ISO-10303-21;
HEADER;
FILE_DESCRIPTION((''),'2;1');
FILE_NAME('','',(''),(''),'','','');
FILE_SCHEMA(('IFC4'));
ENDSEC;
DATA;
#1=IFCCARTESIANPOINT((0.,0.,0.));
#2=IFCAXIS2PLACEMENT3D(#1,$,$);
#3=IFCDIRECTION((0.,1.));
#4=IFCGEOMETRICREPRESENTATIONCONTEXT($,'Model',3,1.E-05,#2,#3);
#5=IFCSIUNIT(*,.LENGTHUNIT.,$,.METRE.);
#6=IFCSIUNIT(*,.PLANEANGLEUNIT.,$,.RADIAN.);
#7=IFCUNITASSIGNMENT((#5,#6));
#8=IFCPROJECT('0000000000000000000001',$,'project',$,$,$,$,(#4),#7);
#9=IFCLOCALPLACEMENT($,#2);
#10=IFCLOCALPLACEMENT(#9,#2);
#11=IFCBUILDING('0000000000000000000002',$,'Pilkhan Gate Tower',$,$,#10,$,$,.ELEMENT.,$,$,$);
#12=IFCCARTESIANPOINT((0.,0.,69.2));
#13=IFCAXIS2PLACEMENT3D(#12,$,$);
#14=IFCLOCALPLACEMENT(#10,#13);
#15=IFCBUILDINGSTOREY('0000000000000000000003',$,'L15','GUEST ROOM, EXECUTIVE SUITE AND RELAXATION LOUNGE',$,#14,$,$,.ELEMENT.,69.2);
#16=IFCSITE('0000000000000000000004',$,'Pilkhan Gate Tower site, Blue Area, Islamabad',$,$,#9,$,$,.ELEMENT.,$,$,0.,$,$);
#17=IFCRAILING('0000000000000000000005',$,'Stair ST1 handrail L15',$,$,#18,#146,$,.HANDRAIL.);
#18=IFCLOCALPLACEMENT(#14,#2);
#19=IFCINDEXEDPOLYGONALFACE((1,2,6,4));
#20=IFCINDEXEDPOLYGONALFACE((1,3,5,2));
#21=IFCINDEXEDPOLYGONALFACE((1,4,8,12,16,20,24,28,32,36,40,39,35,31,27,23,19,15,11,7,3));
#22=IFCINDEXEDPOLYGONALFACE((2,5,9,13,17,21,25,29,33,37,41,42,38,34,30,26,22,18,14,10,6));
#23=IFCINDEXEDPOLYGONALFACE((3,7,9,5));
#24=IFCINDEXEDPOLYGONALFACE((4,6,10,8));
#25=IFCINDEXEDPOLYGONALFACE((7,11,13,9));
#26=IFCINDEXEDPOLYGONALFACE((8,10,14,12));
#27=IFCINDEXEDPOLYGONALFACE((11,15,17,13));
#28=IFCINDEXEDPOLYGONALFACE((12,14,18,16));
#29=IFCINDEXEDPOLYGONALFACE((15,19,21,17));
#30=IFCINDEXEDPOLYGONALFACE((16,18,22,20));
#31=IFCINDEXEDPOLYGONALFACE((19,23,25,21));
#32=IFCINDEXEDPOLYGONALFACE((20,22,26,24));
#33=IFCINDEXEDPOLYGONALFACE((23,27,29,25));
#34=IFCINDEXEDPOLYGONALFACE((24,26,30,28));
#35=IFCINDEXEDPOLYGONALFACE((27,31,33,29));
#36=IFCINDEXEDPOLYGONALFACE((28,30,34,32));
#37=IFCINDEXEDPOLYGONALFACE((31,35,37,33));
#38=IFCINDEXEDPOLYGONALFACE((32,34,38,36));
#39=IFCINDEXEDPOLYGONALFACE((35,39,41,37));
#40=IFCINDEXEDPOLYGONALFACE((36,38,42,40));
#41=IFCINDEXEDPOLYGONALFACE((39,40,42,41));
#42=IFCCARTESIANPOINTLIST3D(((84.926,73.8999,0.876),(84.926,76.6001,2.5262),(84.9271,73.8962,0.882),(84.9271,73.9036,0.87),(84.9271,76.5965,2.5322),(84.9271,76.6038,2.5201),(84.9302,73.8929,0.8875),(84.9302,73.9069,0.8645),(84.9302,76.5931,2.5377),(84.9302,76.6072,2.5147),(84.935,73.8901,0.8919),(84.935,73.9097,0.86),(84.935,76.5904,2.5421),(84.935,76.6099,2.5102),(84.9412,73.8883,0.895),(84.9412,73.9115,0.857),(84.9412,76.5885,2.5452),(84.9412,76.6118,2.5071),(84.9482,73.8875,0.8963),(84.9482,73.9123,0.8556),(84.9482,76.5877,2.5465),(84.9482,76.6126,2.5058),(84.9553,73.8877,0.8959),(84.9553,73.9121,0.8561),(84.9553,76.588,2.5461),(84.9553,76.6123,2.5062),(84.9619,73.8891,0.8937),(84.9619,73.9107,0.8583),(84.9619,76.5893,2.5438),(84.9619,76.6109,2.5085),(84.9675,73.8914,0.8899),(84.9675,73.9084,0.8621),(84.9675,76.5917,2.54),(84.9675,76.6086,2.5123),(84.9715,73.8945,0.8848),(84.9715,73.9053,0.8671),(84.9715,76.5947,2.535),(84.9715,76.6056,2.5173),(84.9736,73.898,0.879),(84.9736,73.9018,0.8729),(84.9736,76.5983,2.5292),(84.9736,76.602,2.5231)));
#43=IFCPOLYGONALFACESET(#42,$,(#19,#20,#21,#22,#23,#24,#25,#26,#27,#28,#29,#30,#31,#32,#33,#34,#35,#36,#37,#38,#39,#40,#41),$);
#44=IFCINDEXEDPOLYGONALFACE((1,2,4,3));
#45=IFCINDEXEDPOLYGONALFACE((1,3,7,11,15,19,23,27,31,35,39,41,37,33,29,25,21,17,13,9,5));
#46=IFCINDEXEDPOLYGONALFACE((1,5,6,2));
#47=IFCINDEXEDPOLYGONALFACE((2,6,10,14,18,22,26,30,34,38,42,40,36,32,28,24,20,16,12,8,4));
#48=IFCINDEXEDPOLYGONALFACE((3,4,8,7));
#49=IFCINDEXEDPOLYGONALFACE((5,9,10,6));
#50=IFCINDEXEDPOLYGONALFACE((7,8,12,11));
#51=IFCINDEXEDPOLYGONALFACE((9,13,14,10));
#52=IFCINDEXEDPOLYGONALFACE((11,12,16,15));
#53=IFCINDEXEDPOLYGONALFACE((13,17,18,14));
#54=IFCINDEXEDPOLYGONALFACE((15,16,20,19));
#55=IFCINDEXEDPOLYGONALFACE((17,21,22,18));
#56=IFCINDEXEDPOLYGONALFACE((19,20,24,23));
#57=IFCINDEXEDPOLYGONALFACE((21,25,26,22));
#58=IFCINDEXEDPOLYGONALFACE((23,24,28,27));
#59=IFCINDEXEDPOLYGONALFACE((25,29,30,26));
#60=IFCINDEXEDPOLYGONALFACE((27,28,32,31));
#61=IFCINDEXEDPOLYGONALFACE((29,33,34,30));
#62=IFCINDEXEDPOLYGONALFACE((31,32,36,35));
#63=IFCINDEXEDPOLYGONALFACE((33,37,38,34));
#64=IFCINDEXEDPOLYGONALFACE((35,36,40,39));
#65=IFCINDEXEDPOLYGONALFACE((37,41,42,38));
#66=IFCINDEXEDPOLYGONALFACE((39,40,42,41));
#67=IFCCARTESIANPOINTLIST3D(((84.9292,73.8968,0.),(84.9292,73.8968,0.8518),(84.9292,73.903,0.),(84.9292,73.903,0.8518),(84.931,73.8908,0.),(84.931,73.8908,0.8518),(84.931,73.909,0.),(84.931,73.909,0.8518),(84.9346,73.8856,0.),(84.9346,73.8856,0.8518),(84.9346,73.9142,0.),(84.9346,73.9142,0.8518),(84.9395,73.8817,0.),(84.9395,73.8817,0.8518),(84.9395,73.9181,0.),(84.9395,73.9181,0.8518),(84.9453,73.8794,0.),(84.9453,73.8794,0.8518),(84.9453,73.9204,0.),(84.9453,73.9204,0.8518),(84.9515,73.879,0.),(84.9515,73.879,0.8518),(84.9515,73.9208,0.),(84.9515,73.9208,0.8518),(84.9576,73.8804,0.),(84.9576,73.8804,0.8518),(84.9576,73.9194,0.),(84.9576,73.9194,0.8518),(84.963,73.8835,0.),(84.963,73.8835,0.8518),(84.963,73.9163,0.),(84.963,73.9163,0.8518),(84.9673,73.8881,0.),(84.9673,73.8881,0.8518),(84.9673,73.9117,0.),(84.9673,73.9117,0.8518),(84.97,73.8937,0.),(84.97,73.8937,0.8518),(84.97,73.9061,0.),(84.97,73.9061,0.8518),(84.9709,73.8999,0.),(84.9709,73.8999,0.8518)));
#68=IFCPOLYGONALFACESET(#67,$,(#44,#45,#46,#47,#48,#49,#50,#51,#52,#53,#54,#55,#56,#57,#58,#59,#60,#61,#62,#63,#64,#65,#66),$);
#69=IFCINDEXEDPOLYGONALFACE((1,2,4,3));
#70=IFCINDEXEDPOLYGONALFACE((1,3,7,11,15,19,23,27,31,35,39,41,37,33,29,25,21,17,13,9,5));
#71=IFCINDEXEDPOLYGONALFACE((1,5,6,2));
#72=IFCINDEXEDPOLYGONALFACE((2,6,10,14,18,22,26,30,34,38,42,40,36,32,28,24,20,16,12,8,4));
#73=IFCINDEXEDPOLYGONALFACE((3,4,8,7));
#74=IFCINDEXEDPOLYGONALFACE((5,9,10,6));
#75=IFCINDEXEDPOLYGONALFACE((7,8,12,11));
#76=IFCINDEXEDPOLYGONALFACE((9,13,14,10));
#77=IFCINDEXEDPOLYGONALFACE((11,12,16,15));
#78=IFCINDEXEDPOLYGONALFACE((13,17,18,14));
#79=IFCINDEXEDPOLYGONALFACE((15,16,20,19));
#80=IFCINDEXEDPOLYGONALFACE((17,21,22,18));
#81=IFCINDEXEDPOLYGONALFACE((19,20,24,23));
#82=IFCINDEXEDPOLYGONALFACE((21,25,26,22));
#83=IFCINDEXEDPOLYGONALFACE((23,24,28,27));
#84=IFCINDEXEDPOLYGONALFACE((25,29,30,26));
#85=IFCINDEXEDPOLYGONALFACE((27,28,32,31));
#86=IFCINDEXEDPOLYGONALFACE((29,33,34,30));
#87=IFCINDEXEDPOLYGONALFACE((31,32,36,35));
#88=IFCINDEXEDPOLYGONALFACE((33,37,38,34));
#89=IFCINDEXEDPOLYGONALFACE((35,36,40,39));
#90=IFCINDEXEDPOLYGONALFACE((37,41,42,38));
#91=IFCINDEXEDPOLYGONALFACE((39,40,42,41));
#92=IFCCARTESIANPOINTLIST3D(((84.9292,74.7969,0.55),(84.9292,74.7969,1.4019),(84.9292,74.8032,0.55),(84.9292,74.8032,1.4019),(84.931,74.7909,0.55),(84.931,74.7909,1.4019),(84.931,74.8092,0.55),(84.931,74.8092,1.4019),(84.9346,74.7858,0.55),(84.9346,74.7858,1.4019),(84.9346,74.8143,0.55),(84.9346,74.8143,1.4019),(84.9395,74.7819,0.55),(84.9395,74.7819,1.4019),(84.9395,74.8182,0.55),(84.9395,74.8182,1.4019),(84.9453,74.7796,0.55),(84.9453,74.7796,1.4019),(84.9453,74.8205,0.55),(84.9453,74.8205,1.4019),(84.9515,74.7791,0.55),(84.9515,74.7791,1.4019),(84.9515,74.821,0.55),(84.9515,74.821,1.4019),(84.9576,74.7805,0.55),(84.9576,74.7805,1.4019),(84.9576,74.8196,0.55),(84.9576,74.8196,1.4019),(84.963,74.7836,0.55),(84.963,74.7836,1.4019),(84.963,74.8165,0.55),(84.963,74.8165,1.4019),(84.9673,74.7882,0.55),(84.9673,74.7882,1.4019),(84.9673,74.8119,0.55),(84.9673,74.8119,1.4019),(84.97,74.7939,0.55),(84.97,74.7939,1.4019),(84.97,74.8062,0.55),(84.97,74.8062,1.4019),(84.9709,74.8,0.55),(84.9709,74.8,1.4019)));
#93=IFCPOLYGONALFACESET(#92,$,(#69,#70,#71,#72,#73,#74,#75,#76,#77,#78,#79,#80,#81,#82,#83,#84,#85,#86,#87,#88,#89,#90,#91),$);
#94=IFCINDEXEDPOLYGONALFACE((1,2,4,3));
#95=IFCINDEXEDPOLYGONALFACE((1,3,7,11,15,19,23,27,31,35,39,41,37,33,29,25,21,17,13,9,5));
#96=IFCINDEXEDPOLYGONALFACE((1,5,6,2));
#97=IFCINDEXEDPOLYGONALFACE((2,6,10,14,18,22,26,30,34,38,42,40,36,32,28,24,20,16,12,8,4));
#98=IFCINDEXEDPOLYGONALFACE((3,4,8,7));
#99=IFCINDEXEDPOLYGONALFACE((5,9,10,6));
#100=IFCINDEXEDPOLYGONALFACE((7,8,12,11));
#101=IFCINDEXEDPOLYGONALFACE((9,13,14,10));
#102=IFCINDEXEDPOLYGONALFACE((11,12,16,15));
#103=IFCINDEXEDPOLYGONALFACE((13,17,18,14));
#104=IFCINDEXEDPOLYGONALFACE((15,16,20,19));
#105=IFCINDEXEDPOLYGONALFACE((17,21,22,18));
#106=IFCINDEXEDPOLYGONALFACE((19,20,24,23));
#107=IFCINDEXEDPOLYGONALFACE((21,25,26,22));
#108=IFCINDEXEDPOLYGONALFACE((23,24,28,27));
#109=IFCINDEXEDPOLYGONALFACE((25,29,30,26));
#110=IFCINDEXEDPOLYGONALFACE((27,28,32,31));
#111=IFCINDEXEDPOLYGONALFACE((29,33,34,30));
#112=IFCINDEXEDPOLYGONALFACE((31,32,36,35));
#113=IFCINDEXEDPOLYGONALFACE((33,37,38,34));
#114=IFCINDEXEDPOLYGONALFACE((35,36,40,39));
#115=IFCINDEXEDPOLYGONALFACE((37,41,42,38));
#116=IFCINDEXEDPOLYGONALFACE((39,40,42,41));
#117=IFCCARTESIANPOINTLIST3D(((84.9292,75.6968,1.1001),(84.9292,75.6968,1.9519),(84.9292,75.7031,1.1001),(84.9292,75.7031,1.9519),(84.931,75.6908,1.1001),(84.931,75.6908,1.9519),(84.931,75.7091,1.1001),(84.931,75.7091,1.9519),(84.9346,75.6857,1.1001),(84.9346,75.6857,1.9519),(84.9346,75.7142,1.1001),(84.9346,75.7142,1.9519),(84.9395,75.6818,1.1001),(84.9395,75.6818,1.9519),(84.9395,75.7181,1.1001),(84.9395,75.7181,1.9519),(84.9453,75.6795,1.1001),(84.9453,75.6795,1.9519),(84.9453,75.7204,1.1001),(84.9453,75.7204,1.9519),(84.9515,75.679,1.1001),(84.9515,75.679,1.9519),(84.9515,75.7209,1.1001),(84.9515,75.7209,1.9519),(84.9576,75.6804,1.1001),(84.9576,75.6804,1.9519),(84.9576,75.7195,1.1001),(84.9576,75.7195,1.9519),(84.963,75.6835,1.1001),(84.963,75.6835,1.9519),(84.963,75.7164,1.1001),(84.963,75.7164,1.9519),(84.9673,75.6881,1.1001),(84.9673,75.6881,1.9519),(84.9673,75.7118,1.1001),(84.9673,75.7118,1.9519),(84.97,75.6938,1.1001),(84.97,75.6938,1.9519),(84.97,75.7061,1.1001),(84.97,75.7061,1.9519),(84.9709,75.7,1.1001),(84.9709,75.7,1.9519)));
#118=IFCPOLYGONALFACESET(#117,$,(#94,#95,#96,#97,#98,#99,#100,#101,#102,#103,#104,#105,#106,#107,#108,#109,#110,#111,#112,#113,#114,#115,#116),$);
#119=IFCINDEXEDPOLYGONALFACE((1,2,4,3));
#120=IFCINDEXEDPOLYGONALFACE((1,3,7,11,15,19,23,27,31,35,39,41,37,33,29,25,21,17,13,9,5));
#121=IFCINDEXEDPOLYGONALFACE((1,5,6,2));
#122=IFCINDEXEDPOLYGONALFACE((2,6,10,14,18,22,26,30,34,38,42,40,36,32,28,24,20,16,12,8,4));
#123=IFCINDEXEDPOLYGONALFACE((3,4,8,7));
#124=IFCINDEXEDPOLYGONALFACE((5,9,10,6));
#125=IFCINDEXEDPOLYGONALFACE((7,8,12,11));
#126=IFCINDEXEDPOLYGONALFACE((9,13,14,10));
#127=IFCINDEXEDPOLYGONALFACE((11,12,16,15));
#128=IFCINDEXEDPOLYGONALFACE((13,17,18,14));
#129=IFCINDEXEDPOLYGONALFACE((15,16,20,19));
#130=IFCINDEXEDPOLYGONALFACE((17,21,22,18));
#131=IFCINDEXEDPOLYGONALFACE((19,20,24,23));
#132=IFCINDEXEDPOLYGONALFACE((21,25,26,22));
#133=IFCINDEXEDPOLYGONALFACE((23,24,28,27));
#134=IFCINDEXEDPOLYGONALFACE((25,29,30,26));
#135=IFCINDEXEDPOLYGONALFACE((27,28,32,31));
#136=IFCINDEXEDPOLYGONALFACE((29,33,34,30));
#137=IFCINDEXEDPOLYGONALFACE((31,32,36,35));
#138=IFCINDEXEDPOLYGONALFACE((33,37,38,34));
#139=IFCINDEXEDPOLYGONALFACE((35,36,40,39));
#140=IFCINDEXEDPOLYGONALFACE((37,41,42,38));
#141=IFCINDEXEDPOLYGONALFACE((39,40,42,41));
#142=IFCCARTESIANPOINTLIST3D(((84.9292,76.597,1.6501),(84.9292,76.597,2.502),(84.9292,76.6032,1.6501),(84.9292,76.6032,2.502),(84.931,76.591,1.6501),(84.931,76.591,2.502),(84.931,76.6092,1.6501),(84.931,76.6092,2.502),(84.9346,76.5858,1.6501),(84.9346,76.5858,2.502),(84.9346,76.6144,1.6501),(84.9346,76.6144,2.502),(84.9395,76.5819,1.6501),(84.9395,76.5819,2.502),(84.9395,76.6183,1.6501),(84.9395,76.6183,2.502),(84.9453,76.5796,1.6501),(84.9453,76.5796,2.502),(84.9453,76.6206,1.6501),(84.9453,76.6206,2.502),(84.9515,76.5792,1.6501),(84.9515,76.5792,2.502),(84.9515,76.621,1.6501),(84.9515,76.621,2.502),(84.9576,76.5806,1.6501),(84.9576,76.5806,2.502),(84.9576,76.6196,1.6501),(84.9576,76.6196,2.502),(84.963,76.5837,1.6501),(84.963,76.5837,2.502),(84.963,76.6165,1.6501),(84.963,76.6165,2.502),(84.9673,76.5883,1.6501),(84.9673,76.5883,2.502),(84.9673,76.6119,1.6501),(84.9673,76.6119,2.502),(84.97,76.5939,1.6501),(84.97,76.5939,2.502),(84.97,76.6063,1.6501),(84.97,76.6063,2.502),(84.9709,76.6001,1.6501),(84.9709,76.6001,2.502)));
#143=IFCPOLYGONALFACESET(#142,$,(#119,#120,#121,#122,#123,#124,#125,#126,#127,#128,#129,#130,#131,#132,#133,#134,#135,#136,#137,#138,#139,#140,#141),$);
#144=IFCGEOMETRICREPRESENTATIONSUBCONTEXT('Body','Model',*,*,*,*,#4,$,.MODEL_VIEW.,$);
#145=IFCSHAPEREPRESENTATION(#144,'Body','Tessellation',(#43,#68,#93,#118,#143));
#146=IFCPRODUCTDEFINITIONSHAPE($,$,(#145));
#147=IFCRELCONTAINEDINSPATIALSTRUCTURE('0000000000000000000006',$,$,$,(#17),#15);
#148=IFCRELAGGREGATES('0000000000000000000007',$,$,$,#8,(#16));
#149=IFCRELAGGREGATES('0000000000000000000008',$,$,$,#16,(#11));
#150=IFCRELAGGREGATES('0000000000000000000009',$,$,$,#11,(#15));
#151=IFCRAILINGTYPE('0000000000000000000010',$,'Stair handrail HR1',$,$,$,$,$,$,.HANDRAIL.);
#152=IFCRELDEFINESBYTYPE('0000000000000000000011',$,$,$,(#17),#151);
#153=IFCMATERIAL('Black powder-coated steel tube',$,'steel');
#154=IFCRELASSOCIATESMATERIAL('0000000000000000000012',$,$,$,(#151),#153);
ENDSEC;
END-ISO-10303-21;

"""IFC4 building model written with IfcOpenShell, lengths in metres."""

from ifc_helpers import new_model, si_unit, direction, frame, origin, origin_2d, place, context, subcontext, project, spatial, circle, extrude, material, type_object, element, save


model = new_model("IFC4")

# Units and contexts
model_context = context("Model", 3, precision=1e-05, world=origin(), true_north=direction((0.0, 1.0)))
body_context = subcontext(model_context, "Body", "Model", "MODEL_VIEW")
ifc_project = project(units=[si_unit("LENGTHUNIT", "METRE"), si_unit("PLANEANGLEUNIT", "RADIAN")], contexts=[model_context])

# Site, building, storey
site_placement = place(None, origin())
site = spatial("IfcSite", under=ifc_project, at=site_placement, Name="Pilkhan Gate Tower site, Blue Area, Islamabad", CompositionType="ELEMENT", RefElevation=0.0)
building_placement = place(site_placement, origin())
building = spatial("IfcBuilding", under=site, at=building_placement, Name="Pilkhan Gate Tower", CompositionType="ELEMENT")
storey_placement = place(building_placement, frame((0.0, 0.0, 69.2)))
storey = spatial("IfcBuildingStorey", under=building, at=storey_placement, Name="L15", Description="GUEST ROOM, EXECUTIVE SUITE AND RELAXATION LOUNGE", CompositionType="ELEMENT", Elevation=69.2)

# Railing
ifc_material_1 = material(Name="Black powder-coated steel tube", Category="steel")
railing_type_1 = type_object("IfcRailingType", Name="Stair handrail HR1", PredefinedType="HANDRAIL", material=ifc_material_1)
railing_1_placement = place(storey_placement, frame((84.95, 73.8999, 0.0)))
element("IfcRailing", 1, at=railing_1_placement, inside=storey, type_object=railing_type_1, Name="Stair ST1 handrail L15", PredefinedType="HANDRAIL", context=body_context, shape_type="SweptSolid", body=[
    extrude(circle(Radius=0.0239, at=origin_2d()), frame((0.0, 0.0, 0.876), z_axis=(0.0, 0.853278, 0.521456), x_axis=(-1.0, 0.0, 0.0)), (0.0, 0.0, 1.0), 3.1646),
    extrude(circle(Radius=0.021, at=origin_2d()), origin(), (0.0, 0.0, 1.0), 0.8518),
    extrude(circle(Radius=0.021, at=origin_2d()), frame((0.0, 0.9001, 0.55)), (0.0, 0.0, 1.0), 0.8518),
    extrude(circle(Radius=0.021, at=origin_2d()), frame((0.0, 1.8, 1.1001)), (0.0, 0.0, 1.0), 0.8518),
    extrude(circle(Radius=0.021, at=origin_2d()), frame((0.0, 2.7002, 1.6501)), (0.0, 0.0, 1.0), 0.8518),
])

save(model, "model.ifc")
